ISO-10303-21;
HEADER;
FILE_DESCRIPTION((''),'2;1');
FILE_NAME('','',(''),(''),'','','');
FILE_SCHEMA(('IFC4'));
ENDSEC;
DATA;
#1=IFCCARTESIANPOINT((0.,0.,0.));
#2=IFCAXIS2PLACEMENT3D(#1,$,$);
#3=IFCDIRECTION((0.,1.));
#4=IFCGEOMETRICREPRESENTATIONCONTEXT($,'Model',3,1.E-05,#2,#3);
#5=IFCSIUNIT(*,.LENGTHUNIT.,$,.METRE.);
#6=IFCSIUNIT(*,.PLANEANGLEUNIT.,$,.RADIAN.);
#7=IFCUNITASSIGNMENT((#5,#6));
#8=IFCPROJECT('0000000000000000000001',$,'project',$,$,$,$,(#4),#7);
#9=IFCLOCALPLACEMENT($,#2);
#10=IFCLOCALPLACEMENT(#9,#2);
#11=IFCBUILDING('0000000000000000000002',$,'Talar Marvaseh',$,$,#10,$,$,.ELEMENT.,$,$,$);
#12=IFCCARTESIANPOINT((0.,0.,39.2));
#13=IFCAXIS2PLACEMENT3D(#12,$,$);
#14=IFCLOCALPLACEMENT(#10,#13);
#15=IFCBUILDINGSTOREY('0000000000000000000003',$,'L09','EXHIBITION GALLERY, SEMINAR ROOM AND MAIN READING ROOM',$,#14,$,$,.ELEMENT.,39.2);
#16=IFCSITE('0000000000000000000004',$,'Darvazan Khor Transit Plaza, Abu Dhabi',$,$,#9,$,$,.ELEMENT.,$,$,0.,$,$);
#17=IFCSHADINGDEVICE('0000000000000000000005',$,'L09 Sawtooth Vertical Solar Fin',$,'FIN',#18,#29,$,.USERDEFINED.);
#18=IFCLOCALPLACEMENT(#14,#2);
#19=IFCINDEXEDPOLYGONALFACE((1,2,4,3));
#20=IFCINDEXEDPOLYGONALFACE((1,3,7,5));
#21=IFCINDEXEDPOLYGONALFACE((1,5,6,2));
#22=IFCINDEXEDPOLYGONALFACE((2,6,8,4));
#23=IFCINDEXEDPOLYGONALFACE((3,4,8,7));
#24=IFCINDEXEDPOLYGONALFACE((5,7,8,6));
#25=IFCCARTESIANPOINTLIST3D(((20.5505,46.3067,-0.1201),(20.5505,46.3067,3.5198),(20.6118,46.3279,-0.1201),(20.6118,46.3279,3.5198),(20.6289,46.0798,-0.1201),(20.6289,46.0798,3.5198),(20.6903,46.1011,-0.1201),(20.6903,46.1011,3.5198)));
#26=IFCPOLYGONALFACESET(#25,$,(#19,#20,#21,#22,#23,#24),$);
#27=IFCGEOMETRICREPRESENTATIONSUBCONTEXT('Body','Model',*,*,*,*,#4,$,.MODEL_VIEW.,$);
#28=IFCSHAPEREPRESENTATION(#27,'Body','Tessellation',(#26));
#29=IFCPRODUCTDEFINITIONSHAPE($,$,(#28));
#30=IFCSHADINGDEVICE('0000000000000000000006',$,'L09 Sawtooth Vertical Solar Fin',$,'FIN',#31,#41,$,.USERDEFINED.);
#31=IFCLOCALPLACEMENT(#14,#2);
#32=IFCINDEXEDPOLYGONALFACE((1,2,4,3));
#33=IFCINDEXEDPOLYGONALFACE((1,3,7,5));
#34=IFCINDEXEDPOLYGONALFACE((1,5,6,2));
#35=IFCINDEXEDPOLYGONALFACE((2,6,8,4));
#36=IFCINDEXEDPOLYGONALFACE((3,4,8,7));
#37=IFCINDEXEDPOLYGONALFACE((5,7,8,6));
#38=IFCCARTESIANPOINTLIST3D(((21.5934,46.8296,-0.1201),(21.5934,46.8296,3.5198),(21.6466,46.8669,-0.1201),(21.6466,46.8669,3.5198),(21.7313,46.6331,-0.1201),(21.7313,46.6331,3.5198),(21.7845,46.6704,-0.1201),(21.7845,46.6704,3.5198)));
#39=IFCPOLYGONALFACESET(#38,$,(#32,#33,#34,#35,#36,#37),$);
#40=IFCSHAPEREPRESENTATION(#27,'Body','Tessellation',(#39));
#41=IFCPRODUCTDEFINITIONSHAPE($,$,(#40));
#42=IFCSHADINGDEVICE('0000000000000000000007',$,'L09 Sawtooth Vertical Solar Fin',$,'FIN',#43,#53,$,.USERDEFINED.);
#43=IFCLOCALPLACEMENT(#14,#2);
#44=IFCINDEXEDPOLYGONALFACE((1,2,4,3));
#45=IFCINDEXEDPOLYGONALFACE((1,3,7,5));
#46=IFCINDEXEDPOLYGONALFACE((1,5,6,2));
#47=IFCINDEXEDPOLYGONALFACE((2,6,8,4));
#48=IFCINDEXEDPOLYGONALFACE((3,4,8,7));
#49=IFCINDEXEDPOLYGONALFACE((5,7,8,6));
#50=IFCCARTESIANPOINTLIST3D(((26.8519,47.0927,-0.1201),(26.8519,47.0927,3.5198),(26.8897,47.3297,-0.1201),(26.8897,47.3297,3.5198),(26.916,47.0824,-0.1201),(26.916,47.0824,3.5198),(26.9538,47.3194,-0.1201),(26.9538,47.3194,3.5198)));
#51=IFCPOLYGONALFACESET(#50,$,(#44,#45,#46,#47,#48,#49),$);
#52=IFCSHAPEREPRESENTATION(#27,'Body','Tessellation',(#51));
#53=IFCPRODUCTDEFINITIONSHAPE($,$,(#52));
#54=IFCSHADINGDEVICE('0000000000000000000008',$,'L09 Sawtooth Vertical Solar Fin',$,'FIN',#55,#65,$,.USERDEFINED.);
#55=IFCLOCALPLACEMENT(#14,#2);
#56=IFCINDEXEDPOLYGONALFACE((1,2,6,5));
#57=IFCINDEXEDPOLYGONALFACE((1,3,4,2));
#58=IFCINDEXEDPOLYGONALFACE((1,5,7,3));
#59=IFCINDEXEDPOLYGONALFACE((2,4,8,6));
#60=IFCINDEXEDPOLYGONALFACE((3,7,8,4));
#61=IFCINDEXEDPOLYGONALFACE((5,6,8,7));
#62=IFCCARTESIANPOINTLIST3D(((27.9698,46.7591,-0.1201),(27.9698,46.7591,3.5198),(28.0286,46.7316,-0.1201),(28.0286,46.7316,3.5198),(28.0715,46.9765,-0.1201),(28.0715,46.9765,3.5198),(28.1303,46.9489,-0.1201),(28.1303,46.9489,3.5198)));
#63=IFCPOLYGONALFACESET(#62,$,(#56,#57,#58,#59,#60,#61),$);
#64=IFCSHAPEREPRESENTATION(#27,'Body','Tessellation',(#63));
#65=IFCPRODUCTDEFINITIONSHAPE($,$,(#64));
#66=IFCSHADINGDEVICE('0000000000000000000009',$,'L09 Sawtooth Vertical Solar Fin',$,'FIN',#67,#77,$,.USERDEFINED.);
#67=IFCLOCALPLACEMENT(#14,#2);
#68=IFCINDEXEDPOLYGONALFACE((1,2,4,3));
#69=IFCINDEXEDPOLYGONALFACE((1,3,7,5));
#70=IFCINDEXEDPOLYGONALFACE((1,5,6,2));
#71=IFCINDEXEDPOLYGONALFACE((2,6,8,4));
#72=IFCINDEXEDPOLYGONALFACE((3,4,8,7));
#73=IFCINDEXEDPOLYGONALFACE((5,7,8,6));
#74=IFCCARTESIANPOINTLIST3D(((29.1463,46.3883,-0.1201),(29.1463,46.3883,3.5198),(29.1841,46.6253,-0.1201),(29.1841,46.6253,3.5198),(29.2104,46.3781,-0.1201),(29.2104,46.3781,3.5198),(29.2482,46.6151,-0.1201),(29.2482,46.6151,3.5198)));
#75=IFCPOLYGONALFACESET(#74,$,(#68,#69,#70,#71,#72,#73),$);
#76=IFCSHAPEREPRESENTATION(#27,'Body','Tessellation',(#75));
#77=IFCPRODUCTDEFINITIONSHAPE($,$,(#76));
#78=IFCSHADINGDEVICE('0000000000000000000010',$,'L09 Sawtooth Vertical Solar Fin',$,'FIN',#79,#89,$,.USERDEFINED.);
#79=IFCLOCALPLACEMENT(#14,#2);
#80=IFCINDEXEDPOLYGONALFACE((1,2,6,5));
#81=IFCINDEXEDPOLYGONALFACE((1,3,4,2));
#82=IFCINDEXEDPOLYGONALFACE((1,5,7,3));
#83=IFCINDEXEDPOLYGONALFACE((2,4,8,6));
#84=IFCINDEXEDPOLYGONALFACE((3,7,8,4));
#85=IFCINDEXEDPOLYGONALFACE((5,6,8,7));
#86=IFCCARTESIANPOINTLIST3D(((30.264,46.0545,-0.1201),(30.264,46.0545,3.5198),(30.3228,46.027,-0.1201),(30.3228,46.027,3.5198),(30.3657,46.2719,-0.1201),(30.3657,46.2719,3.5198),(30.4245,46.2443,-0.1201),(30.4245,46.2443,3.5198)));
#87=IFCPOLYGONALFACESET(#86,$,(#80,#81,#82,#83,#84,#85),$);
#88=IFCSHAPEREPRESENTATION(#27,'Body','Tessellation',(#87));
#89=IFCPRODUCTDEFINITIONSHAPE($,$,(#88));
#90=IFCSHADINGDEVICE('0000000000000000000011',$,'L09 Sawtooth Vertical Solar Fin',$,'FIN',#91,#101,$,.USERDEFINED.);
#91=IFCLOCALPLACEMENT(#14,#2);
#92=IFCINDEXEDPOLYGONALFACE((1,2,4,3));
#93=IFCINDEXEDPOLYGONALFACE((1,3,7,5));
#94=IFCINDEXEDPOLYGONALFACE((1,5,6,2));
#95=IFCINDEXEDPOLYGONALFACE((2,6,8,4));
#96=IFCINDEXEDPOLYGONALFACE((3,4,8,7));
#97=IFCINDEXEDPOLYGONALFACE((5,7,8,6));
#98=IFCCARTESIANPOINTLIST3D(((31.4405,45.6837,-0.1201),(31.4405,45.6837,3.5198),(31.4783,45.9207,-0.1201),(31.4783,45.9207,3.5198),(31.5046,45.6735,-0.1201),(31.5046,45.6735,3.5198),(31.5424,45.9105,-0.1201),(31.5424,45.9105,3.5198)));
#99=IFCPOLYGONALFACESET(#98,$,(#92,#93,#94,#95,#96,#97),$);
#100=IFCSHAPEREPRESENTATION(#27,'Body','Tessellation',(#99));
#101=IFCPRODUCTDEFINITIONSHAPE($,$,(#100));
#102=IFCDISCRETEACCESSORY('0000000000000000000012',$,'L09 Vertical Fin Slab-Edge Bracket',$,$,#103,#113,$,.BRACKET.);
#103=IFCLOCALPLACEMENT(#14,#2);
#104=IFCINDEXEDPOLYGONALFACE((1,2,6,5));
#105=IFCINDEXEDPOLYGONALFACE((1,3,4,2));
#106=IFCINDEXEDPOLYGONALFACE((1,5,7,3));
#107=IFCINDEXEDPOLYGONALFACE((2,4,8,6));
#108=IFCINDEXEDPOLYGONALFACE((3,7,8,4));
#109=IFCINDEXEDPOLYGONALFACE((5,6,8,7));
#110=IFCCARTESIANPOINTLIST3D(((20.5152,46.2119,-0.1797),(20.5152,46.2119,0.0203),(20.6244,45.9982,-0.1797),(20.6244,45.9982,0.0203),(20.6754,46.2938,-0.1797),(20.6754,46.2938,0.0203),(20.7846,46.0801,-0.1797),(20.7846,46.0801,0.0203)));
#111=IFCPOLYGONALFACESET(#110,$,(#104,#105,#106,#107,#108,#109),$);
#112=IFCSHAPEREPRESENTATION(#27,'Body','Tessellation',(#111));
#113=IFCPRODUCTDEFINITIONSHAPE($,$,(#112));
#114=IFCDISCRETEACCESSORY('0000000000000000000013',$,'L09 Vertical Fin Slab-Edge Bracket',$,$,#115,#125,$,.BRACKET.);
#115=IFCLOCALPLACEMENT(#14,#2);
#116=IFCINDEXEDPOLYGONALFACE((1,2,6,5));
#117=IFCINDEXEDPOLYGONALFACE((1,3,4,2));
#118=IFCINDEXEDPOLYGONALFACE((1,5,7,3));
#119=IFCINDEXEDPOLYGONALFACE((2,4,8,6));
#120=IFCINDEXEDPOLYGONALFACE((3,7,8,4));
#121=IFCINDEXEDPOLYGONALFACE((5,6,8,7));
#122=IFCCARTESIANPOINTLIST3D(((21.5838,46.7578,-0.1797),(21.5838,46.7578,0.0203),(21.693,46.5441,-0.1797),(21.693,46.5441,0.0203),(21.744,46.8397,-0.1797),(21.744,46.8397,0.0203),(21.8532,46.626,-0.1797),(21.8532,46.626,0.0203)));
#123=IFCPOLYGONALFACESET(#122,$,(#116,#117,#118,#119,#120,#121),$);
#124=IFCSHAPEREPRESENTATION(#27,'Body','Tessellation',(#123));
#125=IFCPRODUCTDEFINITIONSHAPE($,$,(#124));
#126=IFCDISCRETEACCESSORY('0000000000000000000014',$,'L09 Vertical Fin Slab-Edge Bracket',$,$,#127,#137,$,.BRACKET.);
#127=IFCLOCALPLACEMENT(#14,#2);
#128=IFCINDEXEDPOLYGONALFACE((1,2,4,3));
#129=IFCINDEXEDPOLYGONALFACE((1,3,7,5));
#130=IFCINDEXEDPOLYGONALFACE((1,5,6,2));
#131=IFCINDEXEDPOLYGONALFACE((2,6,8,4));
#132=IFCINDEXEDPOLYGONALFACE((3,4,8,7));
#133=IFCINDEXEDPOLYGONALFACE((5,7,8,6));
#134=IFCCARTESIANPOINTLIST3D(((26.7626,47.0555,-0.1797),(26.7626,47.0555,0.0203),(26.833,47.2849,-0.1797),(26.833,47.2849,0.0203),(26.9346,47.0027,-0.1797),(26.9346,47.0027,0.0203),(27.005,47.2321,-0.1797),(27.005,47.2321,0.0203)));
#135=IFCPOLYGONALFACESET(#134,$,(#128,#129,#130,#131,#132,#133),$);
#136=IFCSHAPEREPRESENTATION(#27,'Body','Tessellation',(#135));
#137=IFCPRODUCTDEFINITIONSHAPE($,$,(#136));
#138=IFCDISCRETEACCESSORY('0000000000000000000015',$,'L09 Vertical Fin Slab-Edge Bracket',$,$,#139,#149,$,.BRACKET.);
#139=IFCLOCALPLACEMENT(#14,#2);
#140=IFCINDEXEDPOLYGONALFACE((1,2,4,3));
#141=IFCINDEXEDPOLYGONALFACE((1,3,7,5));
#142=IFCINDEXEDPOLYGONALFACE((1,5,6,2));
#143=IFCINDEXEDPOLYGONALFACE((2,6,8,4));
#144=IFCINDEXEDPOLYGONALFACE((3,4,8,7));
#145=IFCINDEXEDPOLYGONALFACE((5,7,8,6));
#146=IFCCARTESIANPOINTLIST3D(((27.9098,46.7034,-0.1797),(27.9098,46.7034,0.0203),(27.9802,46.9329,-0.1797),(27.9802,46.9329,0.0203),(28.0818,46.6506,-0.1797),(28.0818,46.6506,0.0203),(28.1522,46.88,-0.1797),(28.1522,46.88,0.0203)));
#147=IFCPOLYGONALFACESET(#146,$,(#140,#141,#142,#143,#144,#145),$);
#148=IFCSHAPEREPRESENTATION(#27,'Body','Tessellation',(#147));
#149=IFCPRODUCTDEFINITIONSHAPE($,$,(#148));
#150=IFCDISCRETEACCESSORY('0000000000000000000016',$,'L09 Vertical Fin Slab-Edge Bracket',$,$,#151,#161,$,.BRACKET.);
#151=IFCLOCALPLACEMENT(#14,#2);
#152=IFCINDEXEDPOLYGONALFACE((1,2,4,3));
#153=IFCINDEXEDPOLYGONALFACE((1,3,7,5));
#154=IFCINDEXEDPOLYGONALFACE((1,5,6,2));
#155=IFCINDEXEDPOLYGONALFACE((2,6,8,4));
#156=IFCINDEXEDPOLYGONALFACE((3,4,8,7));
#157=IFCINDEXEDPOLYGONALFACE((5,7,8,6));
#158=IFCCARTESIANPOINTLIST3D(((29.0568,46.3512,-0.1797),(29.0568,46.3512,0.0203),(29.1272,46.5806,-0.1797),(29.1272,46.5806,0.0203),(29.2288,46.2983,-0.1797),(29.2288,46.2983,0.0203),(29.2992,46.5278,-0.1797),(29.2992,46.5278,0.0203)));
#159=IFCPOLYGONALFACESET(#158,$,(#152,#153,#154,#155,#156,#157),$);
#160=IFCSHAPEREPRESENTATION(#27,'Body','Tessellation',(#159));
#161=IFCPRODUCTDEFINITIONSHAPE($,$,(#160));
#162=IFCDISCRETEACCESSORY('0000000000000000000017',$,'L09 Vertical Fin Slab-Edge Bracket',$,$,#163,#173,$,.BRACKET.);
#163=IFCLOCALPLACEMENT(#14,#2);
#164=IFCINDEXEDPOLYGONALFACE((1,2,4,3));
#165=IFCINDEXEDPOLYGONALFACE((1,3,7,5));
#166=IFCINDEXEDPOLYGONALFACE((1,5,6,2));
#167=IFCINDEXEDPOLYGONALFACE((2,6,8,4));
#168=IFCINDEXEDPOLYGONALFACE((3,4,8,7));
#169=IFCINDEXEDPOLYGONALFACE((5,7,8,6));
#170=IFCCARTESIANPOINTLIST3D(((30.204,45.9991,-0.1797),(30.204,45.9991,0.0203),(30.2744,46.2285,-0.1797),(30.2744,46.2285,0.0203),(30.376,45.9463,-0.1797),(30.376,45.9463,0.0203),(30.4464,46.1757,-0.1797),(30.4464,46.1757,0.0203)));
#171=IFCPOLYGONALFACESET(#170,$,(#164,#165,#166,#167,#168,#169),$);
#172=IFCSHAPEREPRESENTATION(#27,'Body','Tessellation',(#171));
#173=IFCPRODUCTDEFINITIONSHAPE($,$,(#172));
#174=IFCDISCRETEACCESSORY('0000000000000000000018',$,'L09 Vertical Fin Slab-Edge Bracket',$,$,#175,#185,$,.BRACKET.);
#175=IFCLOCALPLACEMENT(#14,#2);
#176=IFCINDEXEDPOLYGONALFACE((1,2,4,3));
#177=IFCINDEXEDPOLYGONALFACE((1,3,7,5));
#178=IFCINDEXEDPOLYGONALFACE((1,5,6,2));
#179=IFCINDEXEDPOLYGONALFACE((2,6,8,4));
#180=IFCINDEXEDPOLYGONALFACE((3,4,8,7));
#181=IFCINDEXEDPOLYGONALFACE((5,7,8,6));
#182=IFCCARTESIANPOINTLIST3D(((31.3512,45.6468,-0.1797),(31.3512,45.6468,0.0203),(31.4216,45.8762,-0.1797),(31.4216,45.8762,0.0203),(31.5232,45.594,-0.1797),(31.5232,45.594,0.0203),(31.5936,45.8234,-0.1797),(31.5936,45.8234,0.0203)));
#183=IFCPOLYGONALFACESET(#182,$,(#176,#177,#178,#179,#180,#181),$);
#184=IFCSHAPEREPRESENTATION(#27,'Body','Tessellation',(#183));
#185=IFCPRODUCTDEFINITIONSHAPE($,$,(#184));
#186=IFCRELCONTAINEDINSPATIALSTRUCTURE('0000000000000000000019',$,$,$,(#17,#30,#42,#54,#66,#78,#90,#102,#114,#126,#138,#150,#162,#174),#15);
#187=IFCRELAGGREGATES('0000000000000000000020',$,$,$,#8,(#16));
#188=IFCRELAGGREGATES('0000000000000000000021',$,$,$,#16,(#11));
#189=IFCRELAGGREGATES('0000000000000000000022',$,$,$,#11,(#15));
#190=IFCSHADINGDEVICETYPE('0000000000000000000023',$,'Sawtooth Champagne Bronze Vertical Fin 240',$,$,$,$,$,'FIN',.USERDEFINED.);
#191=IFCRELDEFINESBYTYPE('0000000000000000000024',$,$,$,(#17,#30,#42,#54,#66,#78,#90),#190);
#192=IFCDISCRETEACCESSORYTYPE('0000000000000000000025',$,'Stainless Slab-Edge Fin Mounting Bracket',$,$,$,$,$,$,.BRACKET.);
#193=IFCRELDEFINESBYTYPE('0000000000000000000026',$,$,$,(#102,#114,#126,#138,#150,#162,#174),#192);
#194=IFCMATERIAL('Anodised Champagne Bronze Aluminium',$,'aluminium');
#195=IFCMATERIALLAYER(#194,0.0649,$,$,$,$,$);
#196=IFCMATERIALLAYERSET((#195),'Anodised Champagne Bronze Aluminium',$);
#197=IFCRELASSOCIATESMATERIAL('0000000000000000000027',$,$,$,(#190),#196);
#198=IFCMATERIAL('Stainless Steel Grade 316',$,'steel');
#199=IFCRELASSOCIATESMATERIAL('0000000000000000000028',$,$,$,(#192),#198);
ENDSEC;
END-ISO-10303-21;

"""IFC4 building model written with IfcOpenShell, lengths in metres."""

from ifc_helpers import new_model, si_unit, direction, frame, origin, origin_2d, place, context, subcontext, project, spatial, rectangle, extrude, source, transform, mapped, material, layer, layer_set, type_object, type_shapes, element, save


model = new_model("IFC4")

# Units and contexts
model_context = context("Model", 3, precision=1e-05, world=origin(), true_north=direction((0.0, 1.0)))
body_context = subcontext(model_context, "Body", "Model", "MODEL_VIEW")
ifc_project = project(units=[si_unit("LENGTHUNIT", "METRE"), si_unit("PLANEANGLEUNIT", "RADIAN")], contexts=[model_context])

# Site, building, storey
site_placement = place(None, origin())
site = spatial("IfcSite", under=ifc_project, at=site_placement, Name="Darvazan Khor Transit Plaza, Abu Dhabi", CompositionType="ELEMENT", RefElevation=0.0)
building_placement = place(site_placement, origin())
building = spatial("IfcBuilding", under=site, at=building_placement, Name="Talar Marvaseh", CompositionType="ELEMENT")
storey_placement = place(building_placement, frame((0.0, 0.0, 39.2)))
storey = spatial("IfcBuildingStorey", under=building, at=storey_placement, Name="L09", Description="EXHIBITION GALLERY, SEMINAR ROOM AND MAIN READING ROOM", CompositionType="ELEMENT", Elevation=39.2)

# Shading devices
ifc_material_1 = material(Name="Anodised Champagne Bronze Aluminium", Category="aluminium")
ifc_layer_1 = layer(ifc_material_1, 0.0649)
ifc_layer_set_1 = layer_set([ifc_layer_1], Name="Anodised Champagne Bronze Aluminium")
shading_device_type = type_object("IfcShadingDeviceType", Name="Sawtooth Champagne Bronze Vertical Fin 240", ElementType="FIN", PredefinedType="USERDEFINED", material=ifc_layer_set_1)
shared_shape_1 = source(origin(), body_context, "Body", "SweptSolid", [
    extrude(rectangle(XDim=0.24, YDim=0.0649, at=origin_2d()), origin(), (0.0, 0.0, 1.0), 3.6399),
])
type_shapes(shading_device_type, [shared_shape_1])
for number, where, z_axis, x_axis, name in (
    (1, (20.6204, 46.2039, -0.1201), (0.0, 0.0, 1.0), (-0.326723, 0.94512, 0.0), "L09 Sawtooth Vertical Solar Fin"),
    (2, (21.689, 46.75, -0.1201), (0.0, 0.0, 1.0), (-0.574577, 0.818451, 0.0), "L09 Sawtooth Vertical Solar Fin"),
    (3, (26.9028, 47.2061, -0.1201), (0.0, 0.0, 1.0), (0.157641, 0.987496, 0.0), "L09 Sawtooth Vertical Solar Fin"),
    (4, (28.05, 46.854, -0.1201), (0.0, 0.0, 1.0), (0.423725, 0.905791, 0.0), "L09 Sawtooth Vertical Solar Fin"),
    (5, (29.1973, 46.5017, -0.1201), (0.0, 0.0, 1.0), (0.157641, 0.987496, 0.0), "L09 Sawtooth Vertical Solar Fin"),
    (6, (30.3442, 46.1494, -0.1201), (0.0, 0.0, 1.0), (0.423725, 0.905791, 0.0), "L09 Sawtooth Vertical Solar Fin"),
    (7, (31.4915, 45.7971, -0.1201), (0.0, 0.0, 1.0), (0.157641, 0.987496, 0.0), "L09 Sawtooth Vertical Solar Fin"),
):
    element("IfcShadingDevice", number, at=place(storey_placement, frame(where, z_axis=z_axis, x_axis=x_axis)), inside=storey, type_object=shading_device_type, Name=name, ObjectType="FIN", PredefinedType="USERDEFINED", context=body_context, shape_type="MappedRepresentation", body=[
        mapped(shared_shape_1, transform((0.0, 0.0, 0.0), x_axis=(1.0, 0.0, 0.0), y_axis=(0.0, 1.0, 0.0), z_axis=(0.0, 0.0, 1.0), scale=1.0)),
    ])

# Discrete accessories
ifc_material_2 = material(Name="Stainless Steel Grade 316", Category="steel")
discrete_accessory_type = type_object("IfcDiscreteAccessoryType", Name="Stainless Slab-Edge Fin Mounting Bracket", PredefinedType="BRACKET", material=ifc_material_2)
shared_shape_2 = source(origin(), body_context, "Body", "SweptSolid", [
    extrude(rectangle(XDim=0.24, YDim=0.1799, at=origin_2d()), origin(), (0.0, 0.0, 1.0), 0.2),
])
type_shapes(discrete_accessory_type, [shared_shape_2])
for number, where, z_axis, x_axis, name in (
    (8, (20.6499, 46.146, -0.1797), (0.0, 0.0, 1.0), (-0.455079, 0.890451, 0.0), "L09 Vertical Fin Slab-Edge Bracket"),
    (9, (21.7185, 46.6919, -0.1797), (0.0, 0.0, 1.0), (-0.455079, 0.890451, 0.0), "L09 Vertical Fin Slab-Edge Bracket"),
    (10, (26.8838, 47.1438, -0.1797), (0.0, 0.0, 1.0), (0.29354, 0.955947, 0.0), "L09 Vertical Fin Slab-Edge Bracket"),
    (11, (28.031, 46.7917, -0.1797), (0.0, 0.0, 1.0), (0.29354, 0.955947, 0.0), "L09 Vertical Fin Slab-Edge Bracket"),
    (12, (29.178, 46.4395, -0.1797), (0.0, 0.0, 1.0), (0.29354, 0.955947, 0.0), "L09 Vertical Fin Slab-Edge Bracket"),
    (13, (30.3252, 46.0874, -0.1797), (0.0, 0.0, 1.0), (0.29354, 0.955947, 0.0), "L09 Vertical Fin Slab-Edge Bracket"),
    (14, (31.4724, 45.7351, -0.1797), (0.0, 0.0, 1.0), (0.29354, 0.955947, 0.0), "L09 Vertical Fin Slab-Edge Bracket"),
):
    element("IfcDiscreteAccessory", number, at=place(storey_placement, frame(where, z_axis=z_axis, x_axis=x_axis)), inside=storey, type_object=discrete_accessory_type, Name=name, PredefinedType="BRACKET", context=body_context, shape_type="MappedRepresentation", body=[
        mapped(shared_shape_2, transform((0.0, 0.0, 0.0), x_axis=(1.0, 0.0, 0.0), y_axis=(0.0, 1.0, 0.0), z_axis=(0.0, 0.0, 1.0), scale=1.0)),
    ])

save(model, "model.ifc")
